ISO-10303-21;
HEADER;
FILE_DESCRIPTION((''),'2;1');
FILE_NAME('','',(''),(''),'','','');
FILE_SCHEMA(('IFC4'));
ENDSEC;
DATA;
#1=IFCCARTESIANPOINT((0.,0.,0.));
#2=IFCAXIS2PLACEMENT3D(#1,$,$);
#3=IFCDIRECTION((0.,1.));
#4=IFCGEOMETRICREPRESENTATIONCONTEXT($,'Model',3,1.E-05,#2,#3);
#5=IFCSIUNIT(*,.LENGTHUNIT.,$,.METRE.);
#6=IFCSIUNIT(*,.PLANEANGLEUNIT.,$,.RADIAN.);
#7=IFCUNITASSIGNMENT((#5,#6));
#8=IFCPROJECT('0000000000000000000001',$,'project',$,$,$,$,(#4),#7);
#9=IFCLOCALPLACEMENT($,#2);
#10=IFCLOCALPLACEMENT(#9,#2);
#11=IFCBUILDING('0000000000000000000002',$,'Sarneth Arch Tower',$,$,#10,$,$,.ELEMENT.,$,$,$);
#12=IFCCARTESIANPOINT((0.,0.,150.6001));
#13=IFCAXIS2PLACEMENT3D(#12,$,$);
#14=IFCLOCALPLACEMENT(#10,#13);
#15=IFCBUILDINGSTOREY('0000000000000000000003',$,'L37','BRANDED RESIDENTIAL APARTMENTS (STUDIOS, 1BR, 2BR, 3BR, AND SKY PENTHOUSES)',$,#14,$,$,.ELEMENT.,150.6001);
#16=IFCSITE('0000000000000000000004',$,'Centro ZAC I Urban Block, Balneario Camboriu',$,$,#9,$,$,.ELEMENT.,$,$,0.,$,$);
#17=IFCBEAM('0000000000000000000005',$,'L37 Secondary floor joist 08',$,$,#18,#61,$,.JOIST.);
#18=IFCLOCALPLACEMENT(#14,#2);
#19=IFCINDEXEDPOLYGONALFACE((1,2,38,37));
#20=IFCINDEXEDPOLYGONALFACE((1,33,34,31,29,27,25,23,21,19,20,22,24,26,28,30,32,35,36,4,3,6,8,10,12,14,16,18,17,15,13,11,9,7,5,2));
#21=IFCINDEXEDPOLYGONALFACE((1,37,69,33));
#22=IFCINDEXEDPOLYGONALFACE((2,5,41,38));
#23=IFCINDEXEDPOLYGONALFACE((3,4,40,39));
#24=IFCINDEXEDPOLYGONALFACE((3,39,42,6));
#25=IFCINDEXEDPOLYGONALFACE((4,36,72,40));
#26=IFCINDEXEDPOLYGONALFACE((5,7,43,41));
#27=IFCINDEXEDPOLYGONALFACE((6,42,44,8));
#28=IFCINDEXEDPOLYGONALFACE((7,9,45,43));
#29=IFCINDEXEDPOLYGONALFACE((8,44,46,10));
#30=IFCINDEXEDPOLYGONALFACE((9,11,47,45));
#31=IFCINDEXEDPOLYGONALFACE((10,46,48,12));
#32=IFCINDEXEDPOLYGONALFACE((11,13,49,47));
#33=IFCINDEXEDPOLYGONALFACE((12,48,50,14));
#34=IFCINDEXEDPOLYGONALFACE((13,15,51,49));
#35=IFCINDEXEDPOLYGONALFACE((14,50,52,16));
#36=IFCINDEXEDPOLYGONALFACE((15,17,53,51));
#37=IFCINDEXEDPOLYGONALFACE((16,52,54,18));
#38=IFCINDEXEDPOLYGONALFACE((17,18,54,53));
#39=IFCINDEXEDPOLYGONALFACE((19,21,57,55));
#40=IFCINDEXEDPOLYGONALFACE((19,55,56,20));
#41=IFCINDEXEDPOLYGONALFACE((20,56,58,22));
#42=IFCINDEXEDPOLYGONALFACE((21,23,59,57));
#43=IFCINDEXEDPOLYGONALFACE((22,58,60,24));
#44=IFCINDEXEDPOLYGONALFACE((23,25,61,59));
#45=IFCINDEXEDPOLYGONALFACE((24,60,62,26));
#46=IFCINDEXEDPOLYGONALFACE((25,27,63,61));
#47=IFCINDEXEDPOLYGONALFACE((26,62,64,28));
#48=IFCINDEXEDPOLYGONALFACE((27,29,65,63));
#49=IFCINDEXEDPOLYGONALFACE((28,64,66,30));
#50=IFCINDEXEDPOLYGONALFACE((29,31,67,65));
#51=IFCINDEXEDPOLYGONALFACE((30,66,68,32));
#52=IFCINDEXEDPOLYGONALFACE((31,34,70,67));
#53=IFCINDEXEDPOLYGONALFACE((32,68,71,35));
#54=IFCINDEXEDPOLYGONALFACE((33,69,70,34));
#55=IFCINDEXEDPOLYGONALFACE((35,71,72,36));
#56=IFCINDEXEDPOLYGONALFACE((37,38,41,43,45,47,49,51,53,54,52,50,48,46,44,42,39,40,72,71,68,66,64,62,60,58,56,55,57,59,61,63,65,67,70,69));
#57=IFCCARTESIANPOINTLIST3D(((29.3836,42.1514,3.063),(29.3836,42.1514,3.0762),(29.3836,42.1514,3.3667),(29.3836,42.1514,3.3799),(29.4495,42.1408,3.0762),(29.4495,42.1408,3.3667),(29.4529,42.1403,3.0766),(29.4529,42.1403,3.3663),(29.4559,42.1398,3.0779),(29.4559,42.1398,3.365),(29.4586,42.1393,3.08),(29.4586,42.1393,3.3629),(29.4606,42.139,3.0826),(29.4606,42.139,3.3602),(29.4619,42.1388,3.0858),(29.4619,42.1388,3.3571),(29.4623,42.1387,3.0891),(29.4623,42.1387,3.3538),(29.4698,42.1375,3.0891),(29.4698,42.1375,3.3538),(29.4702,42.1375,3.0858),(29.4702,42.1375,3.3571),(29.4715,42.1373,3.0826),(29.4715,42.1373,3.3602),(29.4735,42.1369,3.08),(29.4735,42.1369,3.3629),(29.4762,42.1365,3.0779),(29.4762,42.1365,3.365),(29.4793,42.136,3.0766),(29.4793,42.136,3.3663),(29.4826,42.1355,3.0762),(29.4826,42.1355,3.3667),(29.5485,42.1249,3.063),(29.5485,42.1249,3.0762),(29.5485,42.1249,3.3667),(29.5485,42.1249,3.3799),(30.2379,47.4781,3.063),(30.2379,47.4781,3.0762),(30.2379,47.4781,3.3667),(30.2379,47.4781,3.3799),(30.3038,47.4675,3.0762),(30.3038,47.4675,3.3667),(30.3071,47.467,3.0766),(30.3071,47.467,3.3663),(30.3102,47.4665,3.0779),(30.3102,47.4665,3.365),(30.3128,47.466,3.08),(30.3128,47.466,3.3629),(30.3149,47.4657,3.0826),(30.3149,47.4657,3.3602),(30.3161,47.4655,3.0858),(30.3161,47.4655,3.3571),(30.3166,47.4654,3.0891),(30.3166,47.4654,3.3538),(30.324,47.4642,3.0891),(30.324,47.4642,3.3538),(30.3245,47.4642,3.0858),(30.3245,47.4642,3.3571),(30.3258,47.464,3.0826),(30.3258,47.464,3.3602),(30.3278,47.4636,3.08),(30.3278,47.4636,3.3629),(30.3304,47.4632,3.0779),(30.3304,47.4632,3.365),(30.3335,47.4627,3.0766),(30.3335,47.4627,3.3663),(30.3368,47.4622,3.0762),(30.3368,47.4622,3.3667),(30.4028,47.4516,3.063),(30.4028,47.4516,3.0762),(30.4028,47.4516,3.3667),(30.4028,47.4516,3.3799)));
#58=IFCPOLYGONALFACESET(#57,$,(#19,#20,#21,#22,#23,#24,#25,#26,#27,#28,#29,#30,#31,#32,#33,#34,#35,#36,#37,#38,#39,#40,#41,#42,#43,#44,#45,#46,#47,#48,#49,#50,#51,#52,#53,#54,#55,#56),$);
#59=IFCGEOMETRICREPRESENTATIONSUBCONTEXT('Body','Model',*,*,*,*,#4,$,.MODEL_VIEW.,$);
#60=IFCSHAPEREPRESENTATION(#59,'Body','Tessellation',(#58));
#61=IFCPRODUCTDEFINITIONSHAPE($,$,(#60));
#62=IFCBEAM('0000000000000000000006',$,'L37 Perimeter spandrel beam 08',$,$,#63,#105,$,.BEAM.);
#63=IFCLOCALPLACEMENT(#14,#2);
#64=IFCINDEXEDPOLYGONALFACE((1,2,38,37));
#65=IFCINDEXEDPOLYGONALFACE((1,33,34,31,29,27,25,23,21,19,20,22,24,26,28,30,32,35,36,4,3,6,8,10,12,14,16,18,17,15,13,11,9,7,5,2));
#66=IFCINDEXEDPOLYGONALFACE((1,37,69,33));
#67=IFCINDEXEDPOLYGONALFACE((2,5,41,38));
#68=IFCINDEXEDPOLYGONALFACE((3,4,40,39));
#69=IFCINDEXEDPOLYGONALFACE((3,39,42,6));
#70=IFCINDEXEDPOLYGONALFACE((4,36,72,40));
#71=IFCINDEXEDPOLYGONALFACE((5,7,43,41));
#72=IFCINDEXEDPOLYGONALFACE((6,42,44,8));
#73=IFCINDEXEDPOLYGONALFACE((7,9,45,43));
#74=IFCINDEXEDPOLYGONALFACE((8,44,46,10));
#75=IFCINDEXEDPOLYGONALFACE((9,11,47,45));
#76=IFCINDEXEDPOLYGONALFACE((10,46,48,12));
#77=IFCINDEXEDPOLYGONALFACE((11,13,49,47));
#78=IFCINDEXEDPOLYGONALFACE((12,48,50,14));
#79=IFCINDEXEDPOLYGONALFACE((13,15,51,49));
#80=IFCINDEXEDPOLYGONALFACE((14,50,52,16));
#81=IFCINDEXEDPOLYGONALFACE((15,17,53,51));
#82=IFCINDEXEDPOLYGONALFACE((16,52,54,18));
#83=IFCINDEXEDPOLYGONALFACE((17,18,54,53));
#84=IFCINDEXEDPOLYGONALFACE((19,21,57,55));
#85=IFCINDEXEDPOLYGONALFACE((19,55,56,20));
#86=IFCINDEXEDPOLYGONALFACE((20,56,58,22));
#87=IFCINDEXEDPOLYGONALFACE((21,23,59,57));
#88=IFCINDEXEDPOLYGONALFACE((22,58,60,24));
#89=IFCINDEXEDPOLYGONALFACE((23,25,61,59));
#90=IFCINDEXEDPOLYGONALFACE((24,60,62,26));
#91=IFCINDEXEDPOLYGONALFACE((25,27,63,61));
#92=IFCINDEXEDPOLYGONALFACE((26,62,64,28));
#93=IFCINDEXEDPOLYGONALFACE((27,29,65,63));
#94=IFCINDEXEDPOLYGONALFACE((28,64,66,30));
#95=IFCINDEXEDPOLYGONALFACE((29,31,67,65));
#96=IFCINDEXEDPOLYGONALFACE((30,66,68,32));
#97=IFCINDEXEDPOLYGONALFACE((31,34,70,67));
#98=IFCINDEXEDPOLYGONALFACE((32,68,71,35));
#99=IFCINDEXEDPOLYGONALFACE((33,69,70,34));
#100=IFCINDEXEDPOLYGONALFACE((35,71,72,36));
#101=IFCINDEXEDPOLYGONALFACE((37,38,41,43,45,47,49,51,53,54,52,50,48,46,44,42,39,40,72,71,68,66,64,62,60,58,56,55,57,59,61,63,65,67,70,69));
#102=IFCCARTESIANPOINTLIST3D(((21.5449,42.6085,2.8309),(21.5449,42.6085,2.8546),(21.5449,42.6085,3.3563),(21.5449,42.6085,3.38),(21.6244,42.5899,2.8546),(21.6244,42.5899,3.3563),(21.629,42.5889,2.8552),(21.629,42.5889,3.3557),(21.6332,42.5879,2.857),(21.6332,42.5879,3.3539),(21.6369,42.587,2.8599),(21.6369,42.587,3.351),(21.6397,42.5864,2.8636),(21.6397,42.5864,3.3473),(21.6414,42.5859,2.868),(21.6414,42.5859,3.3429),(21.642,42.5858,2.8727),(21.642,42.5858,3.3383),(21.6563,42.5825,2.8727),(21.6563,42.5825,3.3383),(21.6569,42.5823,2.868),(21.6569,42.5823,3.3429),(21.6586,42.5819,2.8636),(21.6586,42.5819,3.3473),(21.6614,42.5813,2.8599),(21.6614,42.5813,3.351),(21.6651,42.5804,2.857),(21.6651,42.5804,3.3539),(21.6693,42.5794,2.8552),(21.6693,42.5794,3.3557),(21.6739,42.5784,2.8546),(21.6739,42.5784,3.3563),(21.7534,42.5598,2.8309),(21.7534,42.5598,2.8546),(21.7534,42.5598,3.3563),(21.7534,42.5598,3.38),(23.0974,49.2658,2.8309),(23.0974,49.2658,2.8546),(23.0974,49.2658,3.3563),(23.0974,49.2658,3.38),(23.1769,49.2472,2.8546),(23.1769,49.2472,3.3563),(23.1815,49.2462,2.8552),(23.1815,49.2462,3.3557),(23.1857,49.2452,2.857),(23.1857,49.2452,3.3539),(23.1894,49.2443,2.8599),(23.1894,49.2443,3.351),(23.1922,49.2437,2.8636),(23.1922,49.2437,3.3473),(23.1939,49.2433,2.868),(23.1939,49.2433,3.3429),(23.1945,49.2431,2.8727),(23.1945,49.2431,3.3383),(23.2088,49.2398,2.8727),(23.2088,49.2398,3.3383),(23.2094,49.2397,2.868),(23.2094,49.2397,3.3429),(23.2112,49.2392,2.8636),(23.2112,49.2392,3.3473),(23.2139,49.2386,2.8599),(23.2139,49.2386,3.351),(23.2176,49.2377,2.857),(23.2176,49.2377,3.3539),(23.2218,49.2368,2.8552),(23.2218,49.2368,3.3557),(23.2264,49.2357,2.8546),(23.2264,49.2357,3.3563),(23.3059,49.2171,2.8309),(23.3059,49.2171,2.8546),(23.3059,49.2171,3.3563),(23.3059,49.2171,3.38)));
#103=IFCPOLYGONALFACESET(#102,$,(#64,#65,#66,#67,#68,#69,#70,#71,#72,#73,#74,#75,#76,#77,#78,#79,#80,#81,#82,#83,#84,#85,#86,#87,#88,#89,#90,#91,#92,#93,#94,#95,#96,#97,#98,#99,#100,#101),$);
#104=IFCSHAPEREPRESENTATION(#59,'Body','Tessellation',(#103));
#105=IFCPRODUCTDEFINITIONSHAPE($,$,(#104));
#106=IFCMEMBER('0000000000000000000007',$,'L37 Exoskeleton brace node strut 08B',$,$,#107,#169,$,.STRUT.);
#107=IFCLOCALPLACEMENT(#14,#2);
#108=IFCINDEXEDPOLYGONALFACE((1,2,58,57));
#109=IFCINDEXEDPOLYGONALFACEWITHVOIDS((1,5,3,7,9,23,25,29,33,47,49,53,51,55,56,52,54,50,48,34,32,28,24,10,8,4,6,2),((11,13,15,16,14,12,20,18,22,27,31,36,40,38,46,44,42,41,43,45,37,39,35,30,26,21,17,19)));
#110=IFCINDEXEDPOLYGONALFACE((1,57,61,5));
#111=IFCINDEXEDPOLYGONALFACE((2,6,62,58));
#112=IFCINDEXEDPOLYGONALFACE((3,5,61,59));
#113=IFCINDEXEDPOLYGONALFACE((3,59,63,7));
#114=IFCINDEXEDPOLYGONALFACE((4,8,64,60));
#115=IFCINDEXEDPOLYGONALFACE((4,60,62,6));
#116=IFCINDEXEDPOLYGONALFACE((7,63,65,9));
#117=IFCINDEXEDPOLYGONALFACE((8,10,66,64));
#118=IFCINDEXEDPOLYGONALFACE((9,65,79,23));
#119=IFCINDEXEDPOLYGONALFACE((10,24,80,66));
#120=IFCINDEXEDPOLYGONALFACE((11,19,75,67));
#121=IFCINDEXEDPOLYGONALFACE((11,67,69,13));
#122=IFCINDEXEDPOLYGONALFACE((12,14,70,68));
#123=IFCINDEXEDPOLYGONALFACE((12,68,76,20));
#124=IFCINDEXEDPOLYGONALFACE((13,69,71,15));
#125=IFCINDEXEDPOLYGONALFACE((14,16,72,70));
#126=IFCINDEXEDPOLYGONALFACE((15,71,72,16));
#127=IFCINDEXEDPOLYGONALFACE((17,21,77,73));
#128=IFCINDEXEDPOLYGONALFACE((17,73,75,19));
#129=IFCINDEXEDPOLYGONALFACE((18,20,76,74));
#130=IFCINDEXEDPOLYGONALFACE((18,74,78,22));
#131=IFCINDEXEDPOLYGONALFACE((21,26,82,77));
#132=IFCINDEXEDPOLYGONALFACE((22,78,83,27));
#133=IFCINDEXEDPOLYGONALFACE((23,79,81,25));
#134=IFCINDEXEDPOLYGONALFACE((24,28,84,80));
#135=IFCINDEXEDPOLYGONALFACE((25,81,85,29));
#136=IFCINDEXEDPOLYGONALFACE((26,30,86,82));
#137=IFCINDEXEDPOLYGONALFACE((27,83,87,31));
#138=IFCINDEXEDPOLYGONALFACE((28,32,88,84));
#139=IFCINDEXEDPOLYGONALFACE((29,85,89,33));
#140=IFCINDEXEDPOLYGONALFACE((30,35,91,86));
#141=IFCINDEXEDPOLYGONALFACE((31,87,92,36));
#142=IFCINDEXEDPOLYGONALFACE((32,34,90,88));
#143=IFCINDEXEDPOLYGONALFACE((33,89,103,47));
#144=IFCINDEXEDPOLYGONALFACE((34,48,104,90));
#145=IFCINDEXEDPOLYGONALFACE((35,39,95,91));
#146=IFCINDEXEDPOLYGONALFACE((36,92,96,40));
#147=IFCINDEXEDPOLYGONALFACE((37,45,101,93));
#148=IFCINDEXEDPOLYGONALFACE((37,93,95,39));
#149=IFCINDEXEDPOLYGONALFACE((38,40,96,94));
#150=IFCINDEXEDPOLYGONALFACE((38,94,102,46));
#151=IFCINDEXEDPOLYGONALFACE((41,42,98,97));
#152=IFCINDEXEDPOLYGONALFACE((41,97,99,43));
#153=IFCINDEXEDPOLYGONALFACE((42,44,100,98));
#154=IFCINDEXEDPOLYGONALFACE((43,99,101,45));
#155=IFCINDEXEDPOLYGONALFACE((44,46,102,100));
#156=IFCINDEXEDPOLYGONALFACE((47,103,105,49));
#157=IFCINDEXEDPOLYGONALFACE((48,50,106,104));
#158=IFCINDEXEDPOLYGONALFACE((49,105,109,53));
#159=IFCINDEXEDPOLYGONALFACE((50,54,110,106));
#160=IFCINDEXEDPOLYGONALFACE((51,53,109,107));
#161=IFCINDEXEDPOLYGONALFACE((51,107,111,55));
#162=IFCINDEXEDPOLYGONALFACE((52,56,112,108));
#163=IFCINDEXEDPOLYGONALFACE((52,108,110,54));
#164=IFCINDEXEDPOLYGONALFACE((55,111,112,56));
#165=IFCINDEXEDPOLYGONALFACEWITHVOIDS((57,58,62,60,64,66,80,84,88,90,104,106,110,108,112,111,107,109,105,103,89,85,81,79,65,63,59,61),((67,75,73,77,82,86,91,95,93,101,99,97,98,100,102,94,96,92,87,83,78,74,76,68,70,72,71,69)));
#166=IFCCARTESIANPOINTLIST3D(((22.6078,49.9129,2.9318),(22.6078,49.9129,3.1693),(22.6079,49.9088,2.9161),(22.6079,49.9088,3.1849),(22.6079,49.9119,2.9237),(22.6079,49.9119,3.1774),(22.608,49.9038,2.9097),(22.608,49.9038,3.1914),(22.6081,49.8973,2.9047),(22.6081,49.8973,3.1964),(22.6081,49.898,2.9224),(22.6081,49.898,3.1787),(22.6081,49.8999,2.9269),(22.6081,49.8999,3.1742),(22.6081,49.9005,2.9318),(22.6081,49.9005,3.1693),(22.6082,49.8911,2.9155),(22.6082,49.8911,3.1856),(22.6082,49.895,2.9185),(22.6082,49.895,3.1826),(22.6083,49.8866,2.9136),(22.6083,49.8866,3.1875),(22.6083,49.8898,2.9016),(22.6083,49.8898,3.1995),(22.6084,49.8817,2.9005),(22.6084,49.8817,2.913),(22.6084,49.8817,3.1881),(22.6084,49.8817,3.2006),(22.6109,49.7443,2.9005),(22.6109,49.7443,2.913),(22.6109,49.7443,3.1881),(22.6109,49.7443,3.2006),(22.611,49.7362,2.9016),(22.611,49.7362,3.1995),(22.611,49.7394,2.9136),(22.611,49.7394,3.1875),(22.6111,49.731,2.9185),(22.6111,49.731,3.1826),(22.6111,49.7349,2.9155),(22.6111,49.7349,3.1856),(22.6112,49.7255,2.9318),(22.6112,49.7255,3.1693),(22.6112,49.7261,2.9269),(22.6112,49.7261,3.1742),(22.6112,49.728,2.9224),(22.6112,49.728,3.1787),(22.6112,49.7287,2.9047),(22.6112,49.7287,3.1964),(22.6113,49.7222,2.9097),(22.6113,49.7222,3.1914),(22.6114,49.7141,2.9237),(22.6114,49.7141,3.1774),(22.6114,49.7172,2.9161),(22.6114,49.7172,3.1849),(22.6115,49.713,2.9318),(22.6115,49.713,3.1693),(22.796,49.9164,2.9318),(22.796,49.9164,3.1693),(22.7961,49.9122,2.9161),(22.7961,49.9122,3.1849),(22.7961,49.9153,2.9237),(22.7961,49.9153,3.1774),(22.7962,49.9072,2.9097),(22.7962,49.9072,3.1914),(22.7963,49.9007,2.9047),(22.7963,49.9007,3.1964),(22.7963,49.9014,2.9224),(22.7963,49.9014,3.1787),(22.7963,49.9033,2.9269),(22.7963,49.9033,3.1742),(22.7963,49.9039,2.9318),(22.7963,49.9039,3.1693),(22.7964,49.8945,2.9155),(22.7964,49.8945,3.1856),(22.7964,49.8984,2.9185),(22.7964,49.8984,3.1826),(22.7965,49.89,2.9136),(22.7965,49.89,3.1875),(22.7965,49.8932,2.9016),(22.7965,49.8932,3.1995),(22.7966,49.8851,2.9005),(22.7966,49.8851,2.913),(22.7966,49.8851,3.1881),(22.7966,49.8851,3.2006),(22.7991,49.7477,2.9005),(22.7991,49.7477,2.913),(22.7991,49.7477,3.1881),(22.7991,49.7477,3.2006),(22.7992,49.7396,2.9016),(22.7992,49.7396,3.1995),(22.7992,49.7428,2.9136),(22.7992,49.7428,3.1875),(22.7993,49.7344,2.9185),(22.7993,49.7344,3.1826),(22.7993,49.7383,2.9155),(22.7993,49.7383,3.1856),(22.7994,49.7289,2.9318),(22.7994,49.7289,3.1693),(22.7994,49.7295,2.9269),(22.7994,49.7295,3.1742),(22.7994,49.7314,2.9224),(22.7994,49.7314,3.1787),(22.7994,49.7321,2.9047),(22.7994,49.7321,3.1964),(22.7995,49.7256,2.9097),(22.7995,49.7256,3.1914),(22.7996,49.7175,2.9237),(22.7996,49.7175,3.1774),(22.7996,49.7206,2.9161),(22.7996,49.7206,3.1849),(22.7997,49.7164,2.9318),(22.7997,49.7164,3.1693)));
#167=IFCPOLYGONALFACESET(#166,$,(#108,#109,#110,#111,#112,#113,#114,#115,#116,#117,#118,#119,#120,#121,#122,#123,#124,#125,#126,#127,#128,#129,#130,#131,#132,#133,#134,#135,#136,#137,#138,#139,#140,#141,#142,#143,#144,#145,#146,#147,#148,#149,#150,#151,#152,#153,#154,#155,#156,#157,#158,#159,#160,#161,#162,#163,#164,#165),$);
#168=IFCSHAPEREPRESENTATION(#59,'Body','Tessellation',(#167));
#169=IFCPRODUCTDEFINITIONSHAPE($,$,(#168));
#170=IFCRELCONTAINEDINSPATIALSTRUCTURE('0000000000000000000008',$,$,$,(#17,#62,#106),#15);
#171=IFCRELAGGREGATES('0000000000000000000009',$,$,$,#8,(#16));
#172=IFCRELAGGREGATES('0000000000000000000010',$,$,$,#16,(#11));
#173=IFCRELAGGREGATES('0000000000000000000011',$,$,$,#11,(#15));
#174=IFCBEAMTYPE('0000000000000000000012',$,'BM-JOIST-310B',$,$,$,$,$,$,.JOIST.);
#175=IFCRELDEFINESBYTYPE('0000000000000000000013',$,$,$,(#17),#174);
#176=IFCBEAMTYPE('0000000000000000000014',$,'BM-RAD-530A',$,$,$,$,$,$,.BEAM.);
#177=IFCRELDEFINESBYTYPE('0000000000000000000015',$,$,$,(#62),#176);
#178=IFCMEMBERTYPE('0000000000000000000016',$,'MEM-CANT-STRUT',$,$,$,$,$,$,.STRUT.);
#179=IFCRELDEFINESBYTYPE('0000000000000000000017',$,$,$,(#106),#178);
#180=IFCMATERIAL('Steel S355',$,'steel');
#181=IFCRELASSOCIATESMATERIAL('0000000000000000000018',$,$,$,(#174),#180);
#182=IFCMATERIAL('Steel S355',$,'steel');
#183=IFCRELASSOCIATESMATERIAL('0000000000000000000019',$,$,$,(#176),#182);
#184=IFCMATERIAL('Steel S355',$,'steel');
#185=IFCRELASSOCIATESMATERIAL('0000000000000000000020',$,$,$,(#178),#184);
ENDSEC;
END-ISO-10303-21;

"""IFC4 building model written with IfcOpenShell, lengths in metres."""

from ifc_helpers import new_model, si_unit, direction, frame, origin, origin_2d, place, context, subcontext, project, spatial, hollow_rectangle, i_section, extrude, material, material_profile, profile_set, type_object, element, save


model = new_model("IFC4")

# Units and contexts
model_context = context("Model", 3, precision=1e-05, world=origin(), true_north=direction((0.0, 1.0)))
body_context = subcontext(model_context, "Body", "Model", "MODEL_VIEW")
ifc_project = project(units=[si_unit("LENGTHUNIT", "METRE"), si_unit("PLANEANGLEUNIT", "RADIAN")], contexts=[model_context])

# Site, building, storey
site_placement = place(None, origin())
site = spatial("IfcSite", under=ifc_project, at=site_placement, Name="Centro ZAC I Urban Block, Balneario Camboriu", CompositionType="ELEMENT", RefElevation=0.0)
building_placement = place(site_placement, origin())
building = spatial("IfcBuilding", under=site, at=building_placement, Name="Sarneth Arch Tower", CompositionType="ELEMENT")
storey_placement = place(building_placement, frame((0.0, 0.0, 150.6001)))
storey = spatial("IfcBuildingStorey", under=building, at=storey_placement, Name="L37", Description="BRANDED RESIDENTIAL APARTMENTS (STUDIOS, 1BR, 2BR, 3BR, AND SKY PENTHOUSES)", CompositionType="ELEMENT", Elevation=150.6001)

# Beams
ifc_material_1 = material(Name="Steel S355", Category="steel")
ifc_material_profile_1 = material_profile(ifc_material_1, i_section(OverallWidth=0.167, OverallDepth=0.3169, WebThickness=0.0076, FlangeThickness=0.0132, FilletRadius=0.0129, at=origin_2d()), Name="W310x52")
ifc_profile_set_1 = profile_set([ifc_material_profile_1], Name="Steel S355")
beam_type_1 = type_object("IfcBeamType", Name="BM-JOIST-310B", PredefinedType="JOIST", material=ifc_profile_set_1)
beam_1_placement = place(storey_placement, frame((30.3203, 47.4648, 3.2214), z_axis=(-0.158349, -0.987383, 0.0), x_axis=(0.987383, -0.158349, 0.0)))
element("IfcBeam", 1, at=beam_1_placement, inside=storey, type_object=beam_type_1, Name="L37 Secondary floor joist 08", PredefinedType="JOIST", context=body_context, shape_type="SweptSolid", body=[
    extrude(i_section(OverallWidth=0.167, OverallDepth=0.3169, WebThickness=0.0076, FlangeThickness=0.0132, FilletRadius=0.0129, at=origin_2d()), origin(), (0.0, 0.0, 1.0), 5.3948),
])
ifc_material_2 = material(Name="Steel S355", Category="steel")
ifc_material_profile_2 = material_profile(ifc_material_2, i_section(OverallWidth=0.2141, OverallDepth=0.5491, WebThickness=0.0146, FlangeThickness=0.0237, FilletRadius=0.0181, at=origin_2d()), Name="W530x138")
ifc_profile_set_2 = profile_set([ifc_material_profile_2], Name="Steel S355")
beam_type_2 = type_object("IfcBeamType", Name="BM-RAD-530A", PredefinedType="BEAM", material=ifc_profile_set_2)
beam_2_placement = place(storey_placement, frame((23.2017, 49.2415, 3.1055), z_axis=(-0.22711, -0.973869, 0.0), x_axis=(0.973869, -0.22711, 0.0)))
element("IfcBeam", 2, at=beam_2_placement, inside=storey, type_object=beam_type_2, Name="L37 Perimeter spandrel beam 08", PredefinedType="BEAM", context=body_context, shape_type="SweptSolid", body=[
    extrude(i_section(OverallWidth=0.2141, OverallDepth=0.5491, WebThickness=0.0146, FlangeThickness=0.0237, FilletRadius=0.0181, at=origin_2d()), origin(), (0.0, 0.0, 1.0), 6.8359),
])

# Member
ifc_material_3 = material(Name="Steel S355", Category="steel")
ifc_material_profile_3 = material_profile(ifc_material_3, hollow_rectangle(XDim=0.2, YDim=0.3, WallThickness=0.0125, InnerFilletRadius=0.0188, OuterFilletRadius=0.0312, at=origin_2d()), Name="RHS300x200x12.5")
ifc_profile_set_3 = profile_set([ifc_material_profile_3], Name="Steel S355")
member_type_1 = type_object("IfcMemberType", Name="MEM-CANT-STRUT", PredefinedType="STRUT", material=ifc_profile_set_3)
member_1_placement = place(storey_placement, frame((22.7979, 49.8164, 3.0505), z_axis=(-0.999835, -0.018155, 0.0), x_axis=(0.018155, -0.999835, 0.0)))
element("IfcMember", 3, at=member_1_placement, inside=storey, type_object=member_type_1, Name="L37 Exoskeleton brace node strut 08B", PredefinedType="STRUT", context=body_context, shape_type="SweptSolid", body=[
    extrude(hollow_rectangle(XDim=0.2, YDim=0.3, WallThickness=0.0125, InnerFilletRadius=0.0188, OuterFilletRadius=0.0312, at=origin_2d()), origin(), (0.0, 0.0, 1.0), 0.1882),
])

save(model, "model.ifc")
